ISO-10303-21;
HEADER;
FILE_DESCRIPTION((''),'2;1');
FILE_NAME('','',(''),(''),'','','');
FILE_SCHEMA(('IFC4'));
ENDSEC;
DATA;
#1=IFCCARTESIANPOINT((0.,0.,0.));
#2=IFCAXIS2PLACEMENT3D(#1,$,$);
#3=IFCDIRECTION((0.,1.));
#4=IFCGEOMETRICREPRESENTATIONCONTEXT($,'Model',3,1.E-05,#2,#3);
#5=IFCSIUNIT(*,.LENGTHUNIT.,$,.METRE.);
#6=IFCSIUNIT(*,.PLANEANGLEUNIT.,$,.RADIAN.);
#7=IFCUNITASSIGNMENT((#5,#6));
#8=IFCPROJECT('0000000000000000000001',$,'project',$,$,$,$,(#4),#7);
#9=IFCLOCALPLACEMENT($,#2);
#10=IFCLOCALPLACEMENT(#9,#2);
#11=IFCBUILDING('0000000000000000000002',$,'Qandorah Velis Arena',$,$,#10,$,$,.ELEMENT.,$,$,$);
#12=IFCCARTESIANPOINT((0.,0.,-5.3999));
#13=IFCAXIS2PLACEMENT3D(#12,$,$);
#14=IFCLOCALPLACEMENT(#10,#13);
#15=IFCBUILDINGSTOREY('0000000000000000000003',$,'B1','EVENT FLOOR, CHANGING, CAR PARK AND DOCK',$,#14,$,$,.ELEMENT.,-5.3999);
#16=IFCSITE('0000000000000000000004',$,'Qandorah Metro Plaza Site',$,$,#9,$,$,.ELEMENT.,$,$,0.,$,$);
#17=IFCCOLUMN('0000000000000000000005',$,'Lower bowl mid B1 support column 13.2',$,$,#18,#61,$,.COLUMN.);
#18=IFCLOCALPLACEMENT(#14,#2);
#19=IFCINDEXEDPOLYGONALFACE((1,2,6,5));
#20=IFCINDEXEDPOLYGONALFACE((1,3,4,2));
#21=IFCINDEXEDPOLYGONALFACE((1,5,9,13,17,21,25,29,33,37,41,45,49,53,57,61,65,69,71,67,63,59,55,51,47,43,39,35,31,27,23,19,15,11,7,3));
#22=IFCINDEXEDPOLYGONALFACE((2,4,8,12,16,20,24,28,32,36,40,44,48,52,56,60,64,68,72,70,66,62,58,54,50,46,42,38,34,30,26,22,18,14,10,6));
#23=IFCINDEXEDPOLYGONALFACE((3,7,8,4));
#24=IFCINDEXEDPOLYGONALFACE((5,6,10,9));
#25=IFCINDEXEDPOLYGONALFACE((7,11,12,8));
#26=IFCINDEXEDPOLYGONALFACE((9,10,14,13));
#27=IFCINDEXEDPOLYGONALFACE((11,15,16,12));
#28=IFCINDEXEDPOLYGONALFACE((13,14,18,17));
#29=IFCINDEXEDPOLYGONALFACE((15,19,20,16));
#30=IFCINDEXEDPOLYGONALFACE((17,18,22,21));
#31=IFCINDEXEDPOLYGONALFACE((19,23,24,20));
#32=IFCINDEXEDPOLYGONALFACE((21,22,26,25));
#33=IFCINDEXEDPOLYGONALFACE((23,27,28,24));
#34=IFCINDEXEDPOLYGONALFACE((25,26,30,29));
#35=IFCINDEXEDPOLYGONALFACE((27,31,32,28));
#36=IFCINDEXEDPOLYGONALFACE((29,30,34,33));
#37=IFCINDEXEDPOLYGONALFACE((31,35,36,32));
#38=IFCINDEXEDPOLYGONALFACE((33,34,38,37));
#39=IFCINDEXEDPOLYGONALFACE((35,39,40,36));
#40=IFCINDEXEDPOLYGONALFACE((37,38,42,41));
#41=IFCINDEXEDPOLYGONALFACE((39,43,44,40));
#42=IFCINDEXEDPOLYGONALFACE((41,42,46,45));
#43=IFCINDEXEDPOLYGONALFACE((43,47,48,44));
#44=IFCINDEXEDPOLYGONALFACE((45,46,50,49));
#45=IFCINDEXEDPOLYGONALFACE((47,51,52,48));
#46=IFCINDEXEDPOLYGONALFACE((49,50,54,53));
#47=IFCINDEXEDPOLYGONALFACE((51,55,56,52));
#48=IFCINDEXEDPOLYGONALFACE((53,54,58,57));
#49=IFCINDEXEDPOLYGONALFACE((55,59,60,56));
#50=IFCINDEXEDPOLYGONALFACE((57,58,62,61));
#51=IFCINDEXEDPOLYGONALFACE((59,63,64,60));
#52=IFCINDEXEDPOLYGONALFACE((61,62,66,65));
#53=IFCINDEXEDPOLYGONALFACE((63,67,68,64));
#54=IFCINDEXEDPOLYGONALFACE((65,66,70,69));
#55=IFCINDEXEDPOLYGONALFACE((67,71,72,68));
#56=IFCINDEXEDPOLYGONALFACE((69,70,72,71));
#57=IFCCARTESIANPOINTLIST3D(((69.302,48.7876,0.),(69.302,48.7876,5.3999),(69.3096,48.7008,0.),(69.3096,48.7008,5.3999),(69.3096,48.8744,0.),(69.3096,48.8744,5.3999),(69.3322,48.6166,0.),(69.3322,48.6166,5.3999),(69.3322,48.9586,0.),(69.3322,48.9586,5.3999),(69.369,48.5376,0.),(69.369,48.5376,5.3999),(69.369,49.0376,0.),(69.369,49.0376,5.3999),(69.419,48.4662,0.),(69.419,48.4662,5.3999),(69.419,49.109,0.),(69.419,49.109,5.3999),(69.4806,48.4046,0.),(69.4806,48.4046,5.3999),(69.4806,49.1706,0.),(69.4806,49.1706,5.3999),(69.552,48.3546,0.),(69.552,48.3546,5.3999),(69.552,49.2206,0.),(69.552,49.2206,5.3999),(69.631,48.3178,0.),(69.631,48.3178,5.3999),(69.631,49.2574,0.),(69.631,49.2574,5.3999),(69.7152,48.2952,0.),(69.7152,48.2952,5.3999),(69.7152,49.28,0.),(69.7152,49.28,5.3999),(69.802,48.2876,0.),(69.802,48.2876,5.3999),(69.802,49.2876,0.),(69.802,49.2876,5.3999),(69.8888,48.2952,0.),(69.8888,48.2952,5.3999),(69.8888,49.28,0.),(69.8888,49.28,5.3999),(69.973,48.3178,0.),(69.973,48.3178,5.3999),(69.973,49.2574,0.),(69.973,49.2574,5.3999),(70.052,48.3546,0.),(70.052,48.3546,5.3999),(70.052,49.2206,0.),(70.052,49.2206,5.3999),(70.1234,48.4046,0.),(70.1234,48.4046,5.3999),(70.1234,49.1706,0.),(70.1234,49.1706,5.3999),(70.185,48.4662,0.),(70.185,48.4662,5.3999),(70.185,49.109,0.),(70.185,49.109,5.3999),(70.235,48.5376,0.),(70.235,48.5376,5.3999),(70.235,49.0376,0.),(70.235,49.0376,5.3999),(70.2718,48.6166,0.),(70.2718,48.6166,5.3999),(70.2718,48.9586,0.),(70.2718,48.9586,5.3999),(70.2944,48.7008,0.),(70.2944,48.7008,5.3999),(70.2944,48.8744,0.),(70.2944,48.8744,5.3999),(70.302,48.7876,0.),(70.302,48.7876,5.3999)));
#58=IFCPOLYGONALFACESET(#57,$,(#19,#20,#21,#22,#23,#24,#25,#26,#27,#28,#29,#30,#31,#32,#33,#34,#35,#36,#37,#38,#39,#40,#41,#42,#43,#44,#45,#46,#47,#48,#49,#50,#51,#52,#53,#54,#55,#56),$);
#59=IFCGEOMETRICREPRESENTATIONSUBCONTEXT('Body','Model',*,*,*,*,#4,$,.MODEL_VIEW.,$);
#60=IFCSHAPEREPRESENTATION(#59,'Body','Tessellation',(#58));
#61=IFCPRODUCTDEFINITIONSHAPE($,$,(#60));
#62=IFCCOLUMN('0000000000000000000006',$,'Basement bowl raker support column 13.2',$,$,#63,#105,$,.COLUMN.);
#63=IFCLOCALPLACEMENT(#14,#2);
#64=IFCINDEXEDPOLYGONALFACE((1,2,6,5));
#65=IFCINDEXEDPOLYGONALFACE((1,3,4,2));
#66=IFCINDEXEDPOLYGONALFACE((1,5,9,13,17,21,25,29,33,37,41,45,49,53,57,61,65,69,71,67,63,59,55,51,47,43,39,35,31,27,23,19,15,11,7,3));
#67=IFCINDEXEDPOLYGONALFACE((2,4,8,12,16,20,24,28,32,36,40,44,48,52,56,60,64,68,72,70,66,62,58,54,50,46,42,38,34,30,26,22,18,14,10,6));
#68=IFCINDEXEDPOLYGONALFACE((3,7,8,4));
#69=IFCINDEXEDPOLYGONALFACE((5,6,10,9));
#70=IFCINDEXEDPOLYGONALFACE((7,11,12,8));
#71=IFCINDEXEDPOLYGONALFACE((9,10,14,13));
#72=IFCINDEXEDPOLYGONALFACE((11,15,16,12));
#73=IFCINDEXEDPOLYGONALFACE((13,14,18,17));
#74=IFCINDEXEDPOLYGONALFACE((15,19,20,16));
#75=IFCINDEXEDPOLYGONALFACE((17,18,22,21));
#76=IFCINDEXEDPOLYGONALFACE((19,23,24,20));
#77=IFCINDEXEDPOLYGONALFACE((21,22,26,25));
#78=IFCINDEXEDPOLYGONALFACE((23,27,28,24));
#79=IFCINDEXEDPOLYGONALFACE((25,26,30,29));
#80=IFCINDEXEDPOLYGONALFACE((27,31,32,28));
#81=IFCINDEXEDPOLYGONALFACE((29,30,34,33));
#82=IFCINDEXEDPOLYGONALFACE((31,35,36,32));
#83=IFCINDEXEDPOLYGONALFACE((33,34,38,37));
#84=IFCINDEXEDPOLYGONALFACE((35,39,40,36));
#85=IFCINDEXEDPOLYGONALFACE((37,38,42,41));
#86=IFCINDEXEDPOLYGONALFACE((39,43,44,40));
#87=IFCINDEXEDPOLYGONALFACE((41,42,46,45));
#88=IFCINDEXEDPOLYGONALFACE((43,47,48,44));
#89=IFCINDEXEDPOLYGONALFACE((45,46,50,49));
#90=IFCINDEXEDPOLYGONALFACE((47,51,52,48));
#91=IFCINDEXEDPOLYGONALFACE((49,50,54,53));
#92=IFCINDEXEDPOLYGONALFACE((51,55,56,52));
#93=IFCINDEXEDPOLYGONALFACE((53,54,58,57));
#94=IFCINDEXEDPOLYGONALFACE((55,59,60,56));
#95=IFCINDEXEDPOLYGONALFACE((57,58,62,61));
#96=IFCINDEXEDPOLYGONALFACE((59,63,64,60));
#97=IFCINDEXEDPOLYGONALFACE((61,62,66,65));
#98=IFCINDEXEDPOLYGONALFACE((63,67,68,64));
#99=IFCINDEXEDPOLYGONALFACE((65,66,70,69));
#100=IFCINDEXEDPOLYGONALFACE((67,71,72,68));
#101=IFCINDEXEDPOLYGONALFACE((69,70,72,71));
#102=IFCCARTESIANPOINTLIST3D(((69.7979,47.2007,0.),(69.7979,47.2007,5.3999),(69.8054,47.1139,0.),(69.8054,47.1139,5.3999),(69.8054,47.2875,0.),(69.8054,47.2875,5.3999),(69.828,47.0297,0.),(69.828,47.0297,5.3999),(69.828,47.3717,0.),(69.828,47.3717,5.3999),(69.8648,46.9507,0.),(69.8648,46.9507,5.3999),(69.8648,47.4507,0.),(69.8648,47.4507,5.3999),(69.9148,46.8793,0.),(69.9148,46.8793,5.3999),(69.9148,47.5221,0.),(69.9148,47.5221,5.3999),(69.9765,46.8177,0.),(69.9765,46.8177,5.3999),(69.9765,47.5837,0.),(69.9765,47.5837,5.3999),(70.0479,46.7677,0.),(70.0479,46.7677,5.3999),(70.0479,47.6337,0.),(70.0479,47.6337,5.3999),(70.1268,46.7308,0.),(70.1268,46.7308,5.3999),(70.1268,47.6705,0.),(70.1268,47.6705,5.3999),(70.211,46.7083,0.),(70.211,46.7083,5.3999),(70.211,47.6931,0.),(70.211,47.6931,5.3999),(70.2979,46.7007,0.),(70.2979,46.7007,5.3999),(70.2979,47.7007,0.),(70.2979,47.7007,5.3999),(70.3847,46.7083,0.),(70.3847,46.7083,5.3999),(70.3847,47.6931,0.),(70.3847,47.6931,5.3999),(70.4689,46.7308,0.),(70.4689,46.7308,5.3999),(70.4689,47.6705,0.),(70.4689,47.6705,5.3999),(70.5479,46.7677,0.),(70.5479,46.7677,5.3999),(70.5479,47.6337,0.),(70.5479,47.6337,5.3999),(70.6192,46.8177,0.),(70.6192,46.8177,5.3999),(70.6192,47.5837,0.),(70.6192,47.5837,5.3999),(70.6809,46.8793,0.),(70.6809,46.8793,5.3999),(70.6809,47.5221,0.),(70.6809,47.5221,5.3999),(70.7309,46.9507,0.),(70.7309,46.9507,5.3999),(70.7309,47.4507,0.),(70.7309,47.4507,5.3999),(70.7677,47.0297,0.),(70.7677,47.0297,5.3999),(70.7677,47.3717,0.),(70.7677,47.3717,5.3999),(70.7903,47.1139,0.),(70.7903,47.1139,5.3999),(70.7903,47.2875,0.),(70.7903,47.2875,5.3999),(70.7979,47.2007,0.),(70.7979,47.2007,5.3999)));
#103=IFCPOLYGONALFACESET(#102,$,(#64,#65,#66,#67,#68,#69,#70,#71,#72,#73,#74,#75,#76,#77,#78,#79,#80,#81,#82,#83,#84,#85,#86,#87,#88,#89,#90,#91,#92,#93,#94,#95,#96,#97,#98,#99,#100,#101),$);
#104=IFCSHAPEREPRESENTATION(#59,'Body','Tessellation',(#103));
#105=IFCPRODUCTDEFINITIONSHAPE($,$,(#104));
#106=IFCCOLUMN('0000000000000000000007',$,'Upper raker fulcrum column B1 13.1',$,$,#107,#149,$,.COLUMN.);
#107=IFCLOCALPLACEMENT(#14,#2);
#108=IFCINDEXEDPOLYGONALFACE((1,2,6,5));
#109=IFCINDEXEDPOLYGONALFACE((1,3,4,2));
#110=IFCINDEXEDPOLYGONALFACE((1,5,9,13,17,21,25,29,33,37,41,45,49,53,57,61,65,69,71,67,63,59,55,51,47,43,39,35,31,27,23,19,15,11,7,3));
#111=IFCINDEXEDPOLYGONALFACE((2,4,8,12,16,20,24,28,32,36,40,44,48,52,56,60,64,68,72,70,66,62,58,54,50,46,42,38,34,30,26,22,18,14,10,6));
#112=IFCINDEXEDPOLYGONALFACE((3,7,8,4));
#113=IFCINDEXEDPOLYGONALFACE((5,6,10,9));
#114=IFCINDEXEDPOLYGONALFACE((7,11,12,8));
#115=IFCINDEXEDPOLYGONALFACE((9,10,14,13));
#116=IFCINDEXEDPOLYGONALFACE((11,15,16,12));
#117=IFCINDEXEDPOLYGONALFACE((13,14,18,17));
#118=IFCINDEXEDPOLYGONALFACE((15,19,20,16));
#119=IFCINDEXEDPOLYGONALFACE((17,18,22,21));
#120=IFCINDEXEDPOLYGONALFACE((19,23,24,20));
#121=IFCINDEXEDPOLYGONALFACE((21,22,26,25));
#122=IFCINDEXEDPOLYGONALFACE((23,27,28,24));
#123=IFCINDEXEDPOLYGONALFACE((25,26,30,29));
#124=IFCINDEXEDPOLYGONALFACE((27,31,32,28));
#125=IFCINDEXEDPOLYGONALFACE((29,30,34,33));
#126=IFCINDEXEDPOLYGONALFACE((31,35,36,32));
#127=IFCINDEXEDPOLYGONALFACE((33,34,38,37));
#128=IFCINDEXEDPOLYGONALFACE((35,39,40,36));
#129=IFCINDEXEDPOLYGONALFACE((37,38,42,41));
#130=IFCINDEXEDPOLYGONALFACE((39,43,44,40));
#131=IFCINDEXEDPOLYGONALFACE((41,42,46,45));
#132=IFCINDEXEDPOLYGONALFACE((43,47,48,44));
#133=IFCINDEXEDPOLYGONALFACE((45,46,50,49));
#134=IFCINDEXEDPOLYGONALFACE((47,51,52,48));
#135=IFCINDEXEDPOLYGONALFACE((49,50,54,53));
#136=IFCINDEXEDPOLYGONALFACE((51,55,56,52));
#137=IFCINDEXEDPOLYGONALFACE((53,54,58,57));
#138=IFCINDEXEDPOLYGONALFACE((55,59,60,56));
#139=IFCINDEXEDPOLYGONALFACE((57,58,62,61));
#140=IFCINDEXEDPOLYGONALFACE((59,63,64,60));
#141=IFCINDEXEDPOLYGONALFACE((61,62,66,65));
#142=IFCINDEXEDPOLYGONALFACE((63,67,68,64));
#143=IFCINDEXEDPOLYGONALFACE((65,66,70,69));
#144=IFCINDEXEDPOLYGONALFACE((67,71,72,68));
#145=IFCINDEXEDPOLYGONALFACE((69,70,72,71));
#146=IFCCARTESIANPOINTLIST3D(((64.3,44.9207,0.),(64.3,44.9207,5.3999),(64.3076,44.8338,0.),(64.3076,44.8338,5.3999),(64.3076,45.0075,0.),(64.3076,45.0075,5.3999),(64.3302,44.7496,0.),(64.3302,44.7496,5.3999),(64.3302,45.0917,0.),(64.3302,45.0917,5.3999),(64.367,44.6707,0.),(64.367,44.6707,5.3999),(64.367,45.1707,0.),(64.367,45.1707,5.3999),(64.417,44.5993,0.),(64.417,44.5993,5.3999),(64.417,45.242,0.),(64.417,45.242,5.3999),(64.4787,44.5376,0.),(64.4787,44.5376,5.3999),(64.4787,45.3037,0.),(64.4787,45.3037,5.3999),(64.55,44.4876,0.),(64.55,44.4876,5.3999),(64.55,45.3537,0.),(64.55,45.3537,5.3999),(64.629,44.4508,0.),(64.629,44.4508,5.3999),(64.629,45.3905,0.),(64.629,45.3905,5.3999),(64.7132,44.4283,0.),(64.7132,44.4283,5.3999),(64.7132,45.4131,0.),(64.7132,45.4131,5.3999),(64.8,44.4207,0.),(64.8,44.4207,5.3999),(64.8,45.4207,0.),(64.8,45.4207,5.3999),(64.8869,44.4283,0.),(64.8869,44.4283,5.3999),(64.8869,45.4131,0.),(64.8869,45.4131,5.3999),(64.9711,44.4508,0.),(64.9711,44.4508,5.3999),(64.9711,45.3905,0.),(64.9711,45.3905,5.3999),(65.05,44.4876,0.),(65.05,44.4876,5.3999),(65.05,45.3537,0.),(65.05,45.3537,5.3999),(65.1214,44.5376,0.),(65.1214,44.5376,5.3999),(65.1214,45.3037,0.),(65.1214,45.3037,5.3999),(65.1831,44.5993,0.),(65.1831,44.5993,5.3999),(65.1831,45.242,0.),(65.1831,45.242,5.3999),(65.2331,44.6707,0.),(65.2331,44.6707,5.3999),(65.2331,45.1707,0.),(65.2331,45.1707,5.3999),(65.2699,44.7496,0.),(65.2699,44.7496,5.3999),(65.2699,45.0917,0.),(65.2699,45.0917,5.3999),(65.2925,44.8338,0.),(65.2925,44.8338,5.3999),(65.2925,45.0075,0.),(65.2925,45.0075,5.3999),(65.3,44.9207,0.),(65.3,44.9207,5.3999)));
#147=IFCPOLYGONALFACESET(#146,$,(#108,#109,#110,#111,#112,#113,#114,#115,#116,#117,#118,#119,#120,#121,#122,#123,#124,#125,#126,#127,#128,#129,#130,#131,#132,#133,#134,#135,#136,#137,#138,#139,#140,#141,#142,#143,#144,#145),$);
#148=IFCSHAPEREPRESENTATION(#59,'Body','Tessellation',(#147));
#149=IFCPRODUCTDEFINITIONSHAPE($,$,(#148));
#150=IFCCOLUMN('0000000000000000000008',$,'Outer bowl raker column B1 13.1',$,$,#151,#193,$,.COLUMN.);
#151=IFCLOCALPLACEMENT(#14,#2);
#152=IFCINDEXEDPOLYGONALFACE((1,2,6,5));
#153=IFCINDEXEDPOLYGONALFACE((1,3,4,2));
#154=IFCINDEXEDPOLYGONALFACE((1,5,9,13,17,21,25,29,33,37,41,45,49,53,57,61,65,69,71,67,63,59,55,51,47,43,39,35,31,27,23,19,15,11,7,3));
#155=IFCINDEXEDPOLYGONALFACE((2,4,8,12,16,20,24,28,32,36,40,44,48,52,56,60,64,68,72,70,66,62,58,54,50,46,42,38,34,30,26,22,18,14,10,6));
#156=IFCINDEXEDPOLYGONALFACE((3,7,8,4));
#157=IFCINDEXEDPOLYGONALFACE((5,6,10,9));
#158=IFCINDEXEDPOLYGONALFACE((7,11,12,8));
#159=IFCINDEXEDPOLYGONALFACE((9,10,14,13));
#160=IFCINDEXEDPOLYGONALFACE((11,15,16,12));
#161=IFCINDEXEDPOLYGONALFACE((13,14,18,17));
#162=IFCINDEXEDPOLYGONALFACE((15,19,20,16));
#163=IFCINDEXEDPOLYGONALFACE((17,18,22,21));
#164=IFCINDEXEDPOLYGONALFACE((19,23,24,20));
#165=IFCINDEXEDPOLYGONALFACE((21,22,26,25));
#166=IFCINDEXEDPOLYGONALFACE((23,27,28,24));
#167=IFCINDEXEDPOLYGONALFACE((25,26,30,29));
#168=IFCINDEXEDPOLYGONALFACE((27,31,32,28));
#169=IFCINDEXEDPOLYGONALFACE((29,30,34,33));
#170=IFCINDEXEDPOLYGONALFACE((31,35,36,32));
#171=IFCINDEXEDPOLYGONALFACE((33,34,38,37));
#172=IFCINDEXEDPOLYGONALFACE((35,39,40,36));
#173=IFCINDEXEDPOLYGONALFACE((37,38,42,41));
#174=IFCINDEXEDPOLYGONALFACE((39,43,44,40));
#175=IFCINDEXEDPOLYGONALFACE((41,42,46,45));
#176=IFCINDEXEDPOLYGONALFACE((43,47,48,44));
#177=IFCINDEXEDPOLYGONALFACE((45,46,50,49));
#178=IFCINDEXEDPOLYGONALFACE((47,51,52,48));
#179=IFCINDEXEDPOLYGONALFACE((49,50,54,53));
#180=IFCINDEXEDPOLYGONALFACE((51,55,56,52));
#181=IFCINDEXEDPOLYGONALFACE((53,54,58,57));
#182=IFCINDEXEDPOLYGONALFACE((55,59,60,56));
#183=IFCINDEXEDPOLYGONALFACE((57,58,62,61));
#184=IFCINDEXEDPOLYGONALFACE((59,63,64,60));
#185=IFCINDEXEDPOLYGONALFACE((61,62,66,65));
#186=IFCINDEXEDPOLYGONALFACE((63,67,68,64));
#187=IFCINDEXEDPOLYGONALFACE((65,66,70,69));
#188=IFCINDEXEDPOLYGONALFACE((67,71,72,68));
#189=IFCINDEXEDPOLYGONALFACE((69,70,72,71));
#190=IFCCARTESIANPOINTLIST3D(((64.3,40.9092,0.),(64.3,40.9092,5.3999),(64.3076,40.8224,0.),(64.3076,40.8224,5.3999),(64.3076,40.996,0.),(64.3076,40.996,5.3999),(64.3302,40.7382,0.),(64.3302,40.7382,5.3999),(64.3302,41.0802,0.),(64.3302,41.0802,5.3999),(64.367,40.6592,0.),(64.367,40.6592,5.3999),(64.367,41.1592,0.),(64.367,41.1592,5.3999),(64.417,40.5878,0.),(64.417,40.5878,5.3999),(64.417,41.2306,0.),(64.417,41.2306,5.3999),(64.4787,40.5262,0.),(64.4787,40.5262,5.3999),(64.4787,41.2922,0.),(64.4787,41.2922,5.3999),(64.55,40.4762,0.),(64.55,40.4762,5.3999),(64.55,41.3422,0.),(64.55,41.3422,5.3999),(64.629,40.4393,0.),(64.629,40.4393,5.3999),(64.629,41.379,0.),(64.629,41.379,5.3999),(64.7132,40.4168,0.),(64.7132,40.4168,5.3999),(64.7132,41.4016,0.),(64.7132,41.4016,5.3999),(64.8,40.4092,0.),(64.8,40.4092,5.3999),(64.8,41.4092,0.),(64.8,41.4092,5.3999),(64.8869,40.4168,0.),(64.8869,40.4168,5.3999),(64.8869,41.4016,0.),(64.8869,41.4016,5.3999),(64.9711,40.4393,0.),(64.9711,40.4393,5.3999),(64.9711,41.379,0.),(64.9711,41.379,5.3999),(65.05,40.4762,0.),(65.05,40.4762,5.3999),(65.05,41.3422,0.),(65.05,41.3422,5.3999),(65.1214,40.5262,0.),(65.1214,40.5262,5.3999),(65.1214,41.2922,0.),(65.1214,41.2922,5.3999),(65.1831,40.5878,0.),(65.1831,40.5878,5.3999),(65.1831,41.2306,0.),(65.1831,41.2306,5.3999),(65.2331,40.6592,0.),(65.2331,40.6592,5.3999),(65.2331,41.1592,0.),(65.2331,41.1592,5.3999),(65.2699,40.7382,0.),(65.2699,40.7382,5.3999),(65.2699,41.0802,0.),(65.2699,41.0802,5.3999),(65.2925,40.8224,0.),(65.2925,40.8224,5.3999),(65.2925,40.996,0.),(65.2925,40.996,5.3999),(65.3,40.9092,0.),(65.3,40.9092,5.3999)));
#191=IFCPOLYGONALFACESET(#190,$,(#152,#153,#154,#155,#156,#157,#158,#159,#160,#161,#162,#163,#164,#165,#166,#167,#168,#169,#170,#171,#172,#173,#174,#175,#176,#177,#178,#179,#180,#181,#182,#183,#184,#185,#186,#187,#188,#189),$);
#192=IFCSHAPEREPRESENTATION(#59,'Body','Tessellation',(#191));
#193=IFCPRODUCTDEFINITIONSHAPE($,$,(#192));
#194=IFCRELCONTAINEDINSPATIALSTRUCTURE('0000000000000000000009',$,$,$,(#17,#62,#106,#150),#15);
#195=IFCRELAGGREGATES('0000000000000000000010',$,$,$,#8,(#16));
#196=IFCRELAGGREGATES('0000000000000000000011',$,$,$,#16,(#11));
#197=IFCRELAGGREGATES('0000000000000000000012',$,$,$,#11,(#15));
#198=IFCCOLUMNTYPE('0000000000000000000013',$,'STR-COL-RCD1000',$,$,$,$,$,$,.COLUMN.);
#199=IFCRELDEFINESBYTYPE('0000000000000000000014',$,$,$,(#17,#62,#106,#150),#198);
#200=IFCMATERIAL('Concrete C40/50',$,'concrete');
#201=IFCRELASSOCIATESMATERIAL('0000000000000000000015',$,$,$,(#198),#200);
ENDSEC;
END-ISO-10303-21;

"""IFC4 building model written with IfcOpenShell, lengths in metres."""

from ifc_helpers import new_model, si_unit, direction, frame, origin, origin_2d, place, context, subcontext, project, spatial, circle, extrude, material, material_profile, profile_set, type_object, element, save


model = new_model("IFC4")

# Units and contexts
model_context = context("Model", 3, precision=1e-05, world=origin(), true_north=direction((0.0, 1.0)))
body_context = subcontext(model_context, "Body", "Model", "MODEL_VIEW")
ifc_project = project(units=[si_unit("LENGTHUNIT", "METRE"), si_unit("PLANEANGLEUNIT", "RADIAN")], contexts=[model_context])

# Site, building, storey
site_placement = place(None, origin())
site = spatial("IfcSite", under=ifc_project, at=site_placement, Name="Qandorah Metro Plaza Site", CompositionType="ELEMENT", RefElevation=0.0)
building_placement = place(site_placement, origin())
building = spatial("IfcBuilding", under=site, at=building_placement, Name="Qandorah Velis Arena", CompositionType="ELEMENT")
storey_placement = place(building_placement, frame((0.0, 0.0, -5.3999)))
storey = spatial("IfcBuildingStorey", under=building, at=storey_placement, Name="B1", Description="EVENT FLOOR, CHANGING, CAR PARK AND DOCK", CompositionType="ELEMENT", Elevation=-5.3999)

# Shared definitions
ifc_material = material(Name="Concrete C40/50", Category="concrete")

# Columns
ifc_material_profile_1 = material_profile(ifc_material, circle(Radius=0.5, at=origin_2d()), Name="RC D1000")
ifc_profile_set_1 = profile_set([ifc_material_profile_1], Name="Concrete C40/50")
column_type_1 = type_object("IfcColumnType", Name="STR-COL-RCD1000", PredefinedType="COLUMN", material=ifc_profile_set_1)
for number, where, z_axis, x_axis, name in (
    (1, (69.802, 48.7876, 0.0), (0.0, 0.0, 1.0), (1.0, 0.0, 0.0), "Lower bowl mid B1 support column 13.2"),
    (2, (70.2979, 47.2007, 0.0), (0.0, 0.0, 1.0), (1.0, 0.0, 0.0), "Basement bowl raker support column 13.2"),
    (3, (64.8, 44.9207, 0.0), (0.0, 0.0, 1.0), (1.0, 0.0, 0.0), "Upper raker fulcrum column B1 13.1"),
    (4, (64.8, 40.9092, 0.0), (0.0, 0.0, 1.0), (1.0, 0.0, 0.0), "Outer bowl raker column B1 13.1"),
):
    element("IfcColumn", number, at=place(storey_placement, frame(where, z_axis=z_axis, x_axis=x_axis)), inside=storey, type_object=column_type_1, Name=name, PredefinedType="COLUMN", context=body_context, shape_type="SweptSolid", body=[
        extrude(circle(Radius=0.5, at=origin_2d()), origin(), (0.0, 0.0, 1.0), 5.3999),
    ])

save(model, "model.ifc")
